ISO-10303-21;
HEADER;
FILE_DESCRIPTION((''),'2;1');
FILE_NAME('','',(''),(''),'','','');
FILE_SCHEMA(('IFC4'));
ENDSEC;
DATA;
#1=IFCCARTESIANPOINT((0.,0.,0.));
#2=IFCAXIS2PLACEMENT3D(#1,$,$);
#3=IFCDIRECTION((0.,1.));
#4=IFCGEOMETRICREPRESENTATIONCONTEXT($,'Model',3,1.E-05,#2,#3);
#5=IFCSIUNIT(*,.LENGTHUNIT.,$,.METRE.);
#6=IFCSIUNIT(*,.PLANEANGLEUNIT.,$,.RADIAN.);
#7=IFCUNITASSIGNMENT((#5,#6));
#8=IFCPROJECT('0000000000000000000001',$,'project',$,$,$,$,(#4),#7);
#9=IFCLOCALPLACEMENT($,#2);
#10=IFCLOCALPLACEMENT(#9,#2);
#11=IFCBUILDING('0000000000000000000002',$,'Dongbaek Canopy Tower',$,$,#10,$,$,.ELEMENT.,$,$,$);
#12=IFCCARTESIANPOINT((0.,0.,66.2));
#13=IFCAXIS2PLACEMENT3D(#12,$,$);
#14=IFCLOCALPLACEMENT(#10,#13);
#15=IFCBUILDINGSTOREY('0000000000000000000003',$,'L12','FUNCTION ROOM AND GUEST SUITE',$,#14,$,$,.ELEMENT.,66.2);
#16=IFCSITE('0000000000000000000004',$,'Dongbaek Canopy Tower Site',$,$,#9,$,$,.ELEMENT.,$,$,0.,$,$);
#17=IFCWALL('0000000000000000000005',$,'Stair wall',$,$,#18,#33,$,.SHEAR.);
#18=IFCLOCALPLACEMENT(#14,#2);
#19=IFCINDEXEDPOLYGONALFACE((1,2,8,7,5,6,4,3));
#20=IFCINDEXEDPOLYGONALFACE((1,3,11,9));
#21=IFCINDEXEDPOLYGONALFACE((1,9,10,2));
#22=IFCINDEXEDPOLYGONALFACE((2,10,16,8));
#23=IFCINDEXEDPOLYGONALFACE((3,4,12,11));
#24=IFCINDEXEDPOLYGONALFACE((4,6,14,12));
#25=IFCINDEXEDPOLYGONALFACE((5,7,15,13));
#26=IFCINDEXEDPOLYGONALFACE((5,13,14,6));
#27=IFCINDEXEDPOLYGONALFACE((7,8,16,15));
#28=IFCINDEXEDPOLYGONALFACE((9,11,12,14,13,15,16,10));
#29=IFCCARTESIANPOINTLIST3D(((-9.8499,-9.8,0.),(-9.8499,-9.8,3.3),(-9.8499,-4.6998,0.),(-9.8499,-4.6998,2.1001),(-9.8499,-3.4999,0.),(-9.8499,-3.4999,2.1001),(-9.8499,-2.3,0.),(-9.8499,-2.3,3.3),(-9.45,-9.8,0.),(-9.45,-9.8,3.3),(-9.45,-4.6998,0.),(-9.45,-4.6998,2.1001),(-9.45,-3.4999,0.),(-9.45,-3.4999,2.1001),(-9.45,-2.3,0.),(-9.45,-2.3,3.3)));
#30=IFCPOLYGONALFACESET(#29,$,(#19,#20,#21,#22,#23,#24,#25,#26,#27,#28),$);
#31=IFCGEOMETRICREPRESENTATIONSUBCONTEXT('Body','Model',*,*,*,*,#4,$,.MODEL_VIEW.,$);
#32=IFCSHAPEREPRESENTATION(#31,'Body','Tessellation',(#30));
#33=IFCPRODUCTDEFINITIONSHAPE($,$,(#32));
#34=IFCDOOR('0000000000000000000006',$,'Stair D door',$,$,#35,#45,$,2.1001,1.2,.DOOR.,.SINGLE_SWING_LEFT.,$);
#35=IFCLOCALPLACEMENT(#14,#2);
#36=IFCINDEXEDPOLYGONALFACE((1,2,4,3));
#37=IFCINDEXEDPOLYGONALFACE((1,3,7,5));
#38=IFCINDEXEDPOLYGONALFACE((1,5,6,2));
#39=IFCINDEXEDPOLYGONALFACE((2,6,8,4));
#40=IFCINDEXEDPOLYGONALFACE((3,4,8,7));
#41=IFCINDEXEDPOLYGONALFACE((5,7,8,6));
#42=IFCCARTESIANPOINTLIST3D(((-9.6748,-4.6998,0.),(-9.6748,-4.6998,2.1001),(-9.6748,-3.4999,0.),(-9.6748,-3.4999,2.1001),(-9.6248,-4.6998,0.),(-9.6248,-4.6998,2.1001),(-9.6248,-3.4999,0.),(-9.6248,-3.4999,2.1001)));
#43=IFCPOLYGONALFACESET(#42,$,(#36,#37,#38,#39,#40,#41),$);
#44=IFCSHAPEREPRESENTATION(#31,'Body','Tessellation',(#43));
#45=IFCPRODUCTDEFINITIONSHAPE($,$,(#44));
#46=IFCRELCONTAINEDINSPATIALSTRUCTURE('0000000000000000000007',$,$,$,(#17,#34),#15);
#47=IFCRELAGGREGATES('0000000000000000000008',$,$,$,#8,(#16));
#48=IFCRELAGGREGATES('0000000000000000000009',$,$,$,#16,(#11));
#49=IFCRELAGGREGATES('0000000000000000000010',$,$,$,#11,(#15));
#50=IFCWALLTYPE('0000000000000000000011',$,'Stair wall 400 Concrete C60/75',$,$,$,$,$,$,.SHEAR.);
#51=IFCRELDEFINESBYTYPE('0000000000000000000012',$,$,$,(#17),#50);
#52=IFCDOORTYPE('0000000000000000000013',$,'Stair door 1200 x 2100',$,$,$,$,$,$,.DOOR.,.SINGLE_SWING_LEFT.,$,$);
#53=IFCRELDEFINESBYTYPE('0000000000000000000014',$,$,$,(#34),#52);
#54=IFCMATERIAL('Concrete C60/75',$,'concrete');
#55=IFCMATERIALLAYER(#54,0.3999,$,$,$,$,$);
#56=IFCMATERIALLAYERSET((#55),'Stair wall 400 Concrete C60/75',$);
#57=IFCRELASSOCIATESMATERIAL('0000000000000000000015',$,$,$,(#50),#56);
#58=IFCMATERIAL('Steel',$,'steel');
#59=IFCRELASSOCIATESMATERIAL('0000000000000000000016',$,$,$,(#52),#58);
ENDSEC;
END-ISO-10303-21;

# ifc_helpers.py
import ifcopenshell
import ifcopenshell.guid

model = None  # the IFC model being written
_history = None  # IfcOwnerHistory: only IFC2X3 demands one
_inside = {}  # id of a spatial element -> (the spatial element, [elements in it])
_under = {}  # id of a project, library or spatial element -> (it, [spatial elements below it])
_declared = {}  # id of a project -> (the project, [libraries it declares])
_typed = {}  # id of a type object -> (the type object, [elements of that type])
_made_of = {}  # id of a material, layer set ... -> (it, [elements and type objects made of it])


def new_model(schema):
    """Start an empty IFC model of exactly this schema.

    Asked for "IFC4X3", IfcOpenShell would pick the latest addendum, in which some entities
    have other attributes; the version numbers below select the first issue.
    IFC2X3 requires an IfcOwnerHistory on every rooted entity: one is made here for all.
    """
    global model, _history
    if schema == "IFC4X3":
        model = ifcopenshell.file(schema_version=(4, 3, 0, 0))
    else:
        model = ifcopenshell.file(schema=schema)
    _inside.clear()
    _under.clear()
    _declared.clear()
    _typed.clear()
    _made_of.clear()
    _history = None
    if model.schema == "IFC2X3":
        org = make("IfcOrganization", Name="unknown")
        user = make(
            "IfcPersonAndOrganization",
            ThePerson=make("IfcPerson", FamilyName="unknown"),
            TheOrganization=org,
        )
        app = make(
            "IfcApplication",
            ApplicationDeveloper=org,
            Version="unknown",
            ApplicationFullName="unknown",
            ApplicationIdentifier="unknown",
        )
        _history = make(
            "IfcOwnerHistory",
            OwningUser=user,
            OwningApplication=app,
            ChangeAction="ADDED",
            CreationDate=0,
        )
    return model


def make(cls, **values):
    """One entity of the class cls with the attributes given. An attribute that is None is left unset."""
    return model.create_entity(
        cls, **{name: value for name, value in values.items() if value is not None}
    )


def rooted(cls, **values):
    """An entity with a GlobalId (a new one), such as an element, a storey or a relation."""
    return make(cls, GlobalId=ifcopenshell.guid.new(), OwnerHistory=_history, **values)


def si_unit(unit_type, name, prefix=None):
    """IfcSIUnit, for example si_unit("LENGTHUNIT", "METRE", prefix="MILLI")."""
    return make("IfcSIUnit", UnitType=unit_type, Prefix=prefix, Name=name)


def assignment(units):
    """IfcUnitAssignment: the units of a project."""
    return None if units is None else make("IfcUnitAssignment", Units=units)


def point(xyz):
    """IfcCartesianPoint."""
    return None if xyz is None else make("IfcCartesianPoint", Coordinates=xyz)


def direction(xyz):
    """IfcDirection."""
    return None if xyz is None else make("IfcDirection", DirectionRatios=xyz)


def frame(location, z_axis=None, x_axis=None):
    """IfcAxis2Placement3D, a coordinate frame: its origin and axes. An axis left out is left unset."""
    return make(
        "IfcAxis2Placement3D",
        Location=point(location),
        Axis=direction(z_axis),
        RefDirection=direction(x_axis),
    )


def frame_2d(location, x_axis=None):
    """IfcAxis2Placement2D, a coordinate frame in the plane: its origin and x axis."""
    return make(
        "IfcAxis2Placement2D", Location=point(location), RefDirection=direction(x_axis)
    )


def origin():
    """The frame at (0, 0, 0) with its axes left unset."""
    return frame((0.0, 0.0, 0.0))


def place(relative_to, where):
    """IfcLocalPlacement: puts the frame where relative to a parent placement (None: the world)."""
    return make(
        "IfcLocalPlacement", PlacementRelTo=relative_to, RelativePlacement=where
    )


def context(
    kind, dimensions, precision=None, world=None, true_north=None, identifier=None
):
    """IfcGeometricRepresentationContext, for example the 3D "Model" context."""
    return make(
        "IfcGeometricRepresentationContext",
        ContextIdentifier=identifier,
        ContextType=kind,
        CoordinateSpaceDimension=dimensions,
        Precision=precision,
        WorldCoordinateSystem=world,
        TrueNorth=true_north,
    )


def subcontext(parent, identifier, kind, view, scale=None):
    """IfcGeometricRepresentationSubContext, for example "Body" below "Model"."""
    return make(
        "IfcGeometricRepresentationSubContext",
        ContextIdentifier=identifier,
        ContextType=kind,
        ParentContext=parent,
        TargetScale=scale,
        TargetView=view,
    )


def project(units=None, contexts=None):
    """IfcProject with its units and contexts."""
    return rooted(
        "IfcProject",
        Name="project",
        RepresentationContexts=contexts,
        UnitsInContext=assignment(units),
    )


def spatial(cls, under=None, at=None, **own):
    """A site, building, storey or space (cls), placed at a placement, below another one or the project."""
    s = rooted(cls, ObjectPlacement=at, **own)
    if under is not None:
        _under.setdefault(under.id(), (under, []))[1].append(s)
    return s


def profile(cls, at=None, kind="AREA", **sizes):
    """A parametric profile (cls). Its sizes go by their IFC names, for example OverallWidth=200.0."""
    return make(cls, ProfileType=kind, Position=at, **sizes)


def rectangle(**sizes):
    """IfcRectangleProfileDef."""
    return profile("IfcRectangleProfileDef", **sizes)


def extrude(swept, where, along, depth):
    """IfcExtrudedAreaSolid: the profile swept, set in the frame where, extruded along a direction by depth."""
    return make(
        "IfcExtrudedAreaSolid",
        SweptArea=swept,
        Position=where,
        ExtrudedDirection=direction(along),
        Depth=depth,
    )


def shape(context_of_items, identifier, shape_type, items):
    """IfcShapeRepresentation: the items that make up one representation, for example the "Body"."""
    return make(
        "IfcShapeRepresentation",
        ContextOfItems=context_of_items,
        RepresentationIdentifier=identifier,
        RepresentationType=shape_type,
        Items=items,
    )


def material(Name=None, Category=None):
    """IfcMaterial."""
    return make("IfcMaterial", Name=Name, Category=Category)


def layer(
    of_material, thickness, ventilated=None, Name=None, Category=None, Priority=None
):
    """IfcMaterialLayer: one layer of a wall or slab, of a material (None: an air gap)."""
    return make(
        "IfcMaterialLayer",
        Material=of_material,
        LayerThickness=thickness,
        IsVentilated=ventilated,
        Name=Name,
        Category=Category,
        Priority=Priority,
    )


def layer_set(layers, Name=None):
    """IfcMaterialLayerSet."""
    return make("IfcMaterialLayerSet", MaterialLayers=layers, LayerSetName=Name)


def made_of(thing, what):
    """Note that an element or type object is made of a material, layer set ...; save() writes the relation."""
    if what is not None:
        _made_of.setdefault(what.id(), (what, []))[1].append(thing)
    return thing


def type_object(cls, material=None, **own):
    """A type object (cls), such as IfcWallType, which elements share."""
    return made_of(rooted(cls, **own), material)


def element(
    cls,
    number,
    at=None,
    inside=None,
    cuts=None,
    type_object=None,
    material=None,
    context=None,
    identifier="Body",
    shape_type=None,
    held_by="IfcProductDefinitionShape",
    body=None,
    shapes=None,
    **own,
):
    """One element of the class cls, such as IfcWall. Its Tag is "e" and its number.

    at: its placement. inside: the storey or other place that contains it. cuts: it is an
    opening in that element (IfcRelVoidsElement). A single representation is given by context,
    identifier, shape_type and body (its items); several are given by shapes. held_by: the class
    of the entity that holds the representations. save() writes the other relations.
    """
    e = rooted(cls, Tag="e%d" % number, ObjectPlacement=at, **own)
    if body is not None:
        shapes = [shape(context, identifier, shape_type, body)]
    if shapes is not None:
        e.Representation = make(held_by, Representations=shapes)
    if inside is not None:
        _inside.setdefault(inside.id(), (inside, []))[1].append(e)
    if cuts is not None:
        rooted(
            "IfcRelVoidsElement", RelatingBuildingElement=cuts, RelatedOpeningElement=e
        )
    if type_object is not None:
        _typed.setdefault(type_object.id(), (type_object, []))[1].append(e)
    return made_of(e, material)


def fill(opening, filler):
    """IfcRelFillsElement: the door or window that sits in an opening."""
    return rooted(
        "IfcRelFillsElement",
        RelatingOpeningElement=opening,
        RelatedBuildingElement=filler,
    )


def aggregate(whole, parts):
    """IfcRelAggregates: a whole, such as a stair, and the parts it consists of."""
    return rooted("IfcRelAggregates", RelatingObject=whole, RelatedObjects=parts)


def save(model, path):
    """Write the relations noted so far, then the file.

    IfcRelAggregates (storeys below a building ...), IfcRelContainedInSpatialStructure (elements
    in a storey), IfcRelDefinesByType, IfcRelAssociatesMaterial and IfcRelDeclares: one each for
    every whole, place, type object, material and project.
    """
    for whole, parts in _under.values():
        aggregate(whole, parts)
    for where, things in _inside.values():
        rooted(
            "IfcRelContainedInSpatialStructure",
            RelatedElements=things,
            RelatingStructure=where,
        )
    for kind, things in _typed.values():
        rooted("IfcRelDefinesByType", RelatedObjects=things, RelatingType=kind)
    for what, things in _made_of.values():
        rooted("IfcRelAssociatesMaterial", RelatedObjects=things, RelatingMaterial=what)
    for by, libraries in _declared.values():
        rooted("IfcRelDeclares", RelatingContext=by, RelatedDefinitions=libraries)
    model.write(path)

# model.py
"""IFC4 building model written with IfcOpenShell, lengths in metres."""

from ifc_helpers import new_model, si_unit, direction, frame, frame_2d, origin, place, context, subcontext, project, spatial, rectangle, extrude, material, layer, layer_set, type_object, element, fill, save


model = new_model("IFC4")

# Units and contexts
model_context = context("Model", 3, precision=1e-05, world=origin(), true_north=direction((0.0, 1.0)))
body_context = subcontext(model_context, "Body", "Model", "MODEL_VIEW")
ifc_project = project(units=[si_unit("LENGTHUNIT", "METRE"), si_unit("PLANEANGLEUNIT", "RADIAN")], contexts=[model_context])

# Site, building, storey
site_placement = place(None, origin())
site = spatial("IfcSite", under=ifc_project, at=site_placement, Name="Dongbaek Canopy Tower Site", CompositionType="ELEMENT", RefElevation=0.0)
building_placement = place(site_placement, origin())
building = spatial("IfcBuilding", under=site, at=building_placement, Name="Dongbaek Canopy Tower", CompositionType="ELEMENT")
storey_placement = place(building_placement, frame((0.0, 0.0, 66.2)))
storey = spatial("IfcBuildingStorey", under=building, at=storey_placement, Name="L12", Description="FUNCTION ROOM AND GUEST SUITE", CompositionType="ELEMENT", Elevation=66.2)

# Wall, opening, door
ifc_material_1 = material(Name="Concrete C60/75", Category="concrete")
ifc_layer_1 = layer(ifc_material_1, 0.3999)
ifc_layer_set_1 = layer_set([ifc_layer_1], Name="Stair wall 400 Concrete C60/75")
wall_type_1 = type_object("IfcWallType", Name="Stair wall 400 Concrete C60/75", PredefinedType="SHEAR", material=ifc_layer_set_1)
wall_1_placement = place(storey_placement, frame((-9.6499, -9.8, 0.0), z_axis=(0.0, 0.0, 1.0), x_axis=(0.0, 1.0, 0.0)))
wall_1 = element("IfcWall", 1, at=wall_1_placement, inside=storey, type_object=wall_type_1, Name="Stair wall", PredefinedType="SHEAR", context=body_context, shape_type="SweptSolid", body=[
    extrude(rectangle(XDim=7.5, YDim=0.3999, at=frame_2d((3.75, 0.0))), origin(), (0.0, 0.0, 1.0), 3.3),
])
opening_1_placement = place(wall_1_placement, frame((5.1001, 0.0, 0.0)))
opening_1 = element("IfcOpeningElement", 2, at=opening_1_placement, cuts=wall_1, PredefinedType="OPENING", context=body_context, shape_type="SweptSolid", body=[
    extrude(rectangle(XDim=1.2, YDim=2.1001, at=frame_2d((0.6001, 1.05))), frame((0.0, 0.21, 0.0), z_axis=(0.0, -1.0, 0.0), x_axis=(1.0, 0.0, 0.0)), (0.0, 0.0, 1.0), 0.4199),
])
ifc_material_2 = material(Name="Steel", Category="steel")
door_type_1 = type_object("IfcDoorType", Name="Stair door 1200 x 2100", OperationType="SINGLE_SWING_LEFT", PredefinedType="DOOR", material=ifc_material_2)
door_1_placement = place(opening_1_placement, origin())
door_1 = element("IfcDoor", 3, at=door_1_placement, inside=storey, type_object=door_type_1, Name="Stair D door", OperationType="SINGLE_SWING_LEFT", OverallHeight=2.1001, OverallWidth=1.2, PredefinedType="DOOR", context=body_context, shape_type="SweptSolid", body=[
    extrude(rectangle(XDim=1.2, YDim=2.1001, at=frame_2d((0.6001, 1.05))), frame((0.0, 0.0249, 0.0), z_axis=(0.0, -1.0, 0.0), x_axis=(1.0, 0.0, 0.0)), (0.0, 0.0, 1.0), 0.05),
])
fill(opening_1, door_1)

save(model, "model.ifc")
